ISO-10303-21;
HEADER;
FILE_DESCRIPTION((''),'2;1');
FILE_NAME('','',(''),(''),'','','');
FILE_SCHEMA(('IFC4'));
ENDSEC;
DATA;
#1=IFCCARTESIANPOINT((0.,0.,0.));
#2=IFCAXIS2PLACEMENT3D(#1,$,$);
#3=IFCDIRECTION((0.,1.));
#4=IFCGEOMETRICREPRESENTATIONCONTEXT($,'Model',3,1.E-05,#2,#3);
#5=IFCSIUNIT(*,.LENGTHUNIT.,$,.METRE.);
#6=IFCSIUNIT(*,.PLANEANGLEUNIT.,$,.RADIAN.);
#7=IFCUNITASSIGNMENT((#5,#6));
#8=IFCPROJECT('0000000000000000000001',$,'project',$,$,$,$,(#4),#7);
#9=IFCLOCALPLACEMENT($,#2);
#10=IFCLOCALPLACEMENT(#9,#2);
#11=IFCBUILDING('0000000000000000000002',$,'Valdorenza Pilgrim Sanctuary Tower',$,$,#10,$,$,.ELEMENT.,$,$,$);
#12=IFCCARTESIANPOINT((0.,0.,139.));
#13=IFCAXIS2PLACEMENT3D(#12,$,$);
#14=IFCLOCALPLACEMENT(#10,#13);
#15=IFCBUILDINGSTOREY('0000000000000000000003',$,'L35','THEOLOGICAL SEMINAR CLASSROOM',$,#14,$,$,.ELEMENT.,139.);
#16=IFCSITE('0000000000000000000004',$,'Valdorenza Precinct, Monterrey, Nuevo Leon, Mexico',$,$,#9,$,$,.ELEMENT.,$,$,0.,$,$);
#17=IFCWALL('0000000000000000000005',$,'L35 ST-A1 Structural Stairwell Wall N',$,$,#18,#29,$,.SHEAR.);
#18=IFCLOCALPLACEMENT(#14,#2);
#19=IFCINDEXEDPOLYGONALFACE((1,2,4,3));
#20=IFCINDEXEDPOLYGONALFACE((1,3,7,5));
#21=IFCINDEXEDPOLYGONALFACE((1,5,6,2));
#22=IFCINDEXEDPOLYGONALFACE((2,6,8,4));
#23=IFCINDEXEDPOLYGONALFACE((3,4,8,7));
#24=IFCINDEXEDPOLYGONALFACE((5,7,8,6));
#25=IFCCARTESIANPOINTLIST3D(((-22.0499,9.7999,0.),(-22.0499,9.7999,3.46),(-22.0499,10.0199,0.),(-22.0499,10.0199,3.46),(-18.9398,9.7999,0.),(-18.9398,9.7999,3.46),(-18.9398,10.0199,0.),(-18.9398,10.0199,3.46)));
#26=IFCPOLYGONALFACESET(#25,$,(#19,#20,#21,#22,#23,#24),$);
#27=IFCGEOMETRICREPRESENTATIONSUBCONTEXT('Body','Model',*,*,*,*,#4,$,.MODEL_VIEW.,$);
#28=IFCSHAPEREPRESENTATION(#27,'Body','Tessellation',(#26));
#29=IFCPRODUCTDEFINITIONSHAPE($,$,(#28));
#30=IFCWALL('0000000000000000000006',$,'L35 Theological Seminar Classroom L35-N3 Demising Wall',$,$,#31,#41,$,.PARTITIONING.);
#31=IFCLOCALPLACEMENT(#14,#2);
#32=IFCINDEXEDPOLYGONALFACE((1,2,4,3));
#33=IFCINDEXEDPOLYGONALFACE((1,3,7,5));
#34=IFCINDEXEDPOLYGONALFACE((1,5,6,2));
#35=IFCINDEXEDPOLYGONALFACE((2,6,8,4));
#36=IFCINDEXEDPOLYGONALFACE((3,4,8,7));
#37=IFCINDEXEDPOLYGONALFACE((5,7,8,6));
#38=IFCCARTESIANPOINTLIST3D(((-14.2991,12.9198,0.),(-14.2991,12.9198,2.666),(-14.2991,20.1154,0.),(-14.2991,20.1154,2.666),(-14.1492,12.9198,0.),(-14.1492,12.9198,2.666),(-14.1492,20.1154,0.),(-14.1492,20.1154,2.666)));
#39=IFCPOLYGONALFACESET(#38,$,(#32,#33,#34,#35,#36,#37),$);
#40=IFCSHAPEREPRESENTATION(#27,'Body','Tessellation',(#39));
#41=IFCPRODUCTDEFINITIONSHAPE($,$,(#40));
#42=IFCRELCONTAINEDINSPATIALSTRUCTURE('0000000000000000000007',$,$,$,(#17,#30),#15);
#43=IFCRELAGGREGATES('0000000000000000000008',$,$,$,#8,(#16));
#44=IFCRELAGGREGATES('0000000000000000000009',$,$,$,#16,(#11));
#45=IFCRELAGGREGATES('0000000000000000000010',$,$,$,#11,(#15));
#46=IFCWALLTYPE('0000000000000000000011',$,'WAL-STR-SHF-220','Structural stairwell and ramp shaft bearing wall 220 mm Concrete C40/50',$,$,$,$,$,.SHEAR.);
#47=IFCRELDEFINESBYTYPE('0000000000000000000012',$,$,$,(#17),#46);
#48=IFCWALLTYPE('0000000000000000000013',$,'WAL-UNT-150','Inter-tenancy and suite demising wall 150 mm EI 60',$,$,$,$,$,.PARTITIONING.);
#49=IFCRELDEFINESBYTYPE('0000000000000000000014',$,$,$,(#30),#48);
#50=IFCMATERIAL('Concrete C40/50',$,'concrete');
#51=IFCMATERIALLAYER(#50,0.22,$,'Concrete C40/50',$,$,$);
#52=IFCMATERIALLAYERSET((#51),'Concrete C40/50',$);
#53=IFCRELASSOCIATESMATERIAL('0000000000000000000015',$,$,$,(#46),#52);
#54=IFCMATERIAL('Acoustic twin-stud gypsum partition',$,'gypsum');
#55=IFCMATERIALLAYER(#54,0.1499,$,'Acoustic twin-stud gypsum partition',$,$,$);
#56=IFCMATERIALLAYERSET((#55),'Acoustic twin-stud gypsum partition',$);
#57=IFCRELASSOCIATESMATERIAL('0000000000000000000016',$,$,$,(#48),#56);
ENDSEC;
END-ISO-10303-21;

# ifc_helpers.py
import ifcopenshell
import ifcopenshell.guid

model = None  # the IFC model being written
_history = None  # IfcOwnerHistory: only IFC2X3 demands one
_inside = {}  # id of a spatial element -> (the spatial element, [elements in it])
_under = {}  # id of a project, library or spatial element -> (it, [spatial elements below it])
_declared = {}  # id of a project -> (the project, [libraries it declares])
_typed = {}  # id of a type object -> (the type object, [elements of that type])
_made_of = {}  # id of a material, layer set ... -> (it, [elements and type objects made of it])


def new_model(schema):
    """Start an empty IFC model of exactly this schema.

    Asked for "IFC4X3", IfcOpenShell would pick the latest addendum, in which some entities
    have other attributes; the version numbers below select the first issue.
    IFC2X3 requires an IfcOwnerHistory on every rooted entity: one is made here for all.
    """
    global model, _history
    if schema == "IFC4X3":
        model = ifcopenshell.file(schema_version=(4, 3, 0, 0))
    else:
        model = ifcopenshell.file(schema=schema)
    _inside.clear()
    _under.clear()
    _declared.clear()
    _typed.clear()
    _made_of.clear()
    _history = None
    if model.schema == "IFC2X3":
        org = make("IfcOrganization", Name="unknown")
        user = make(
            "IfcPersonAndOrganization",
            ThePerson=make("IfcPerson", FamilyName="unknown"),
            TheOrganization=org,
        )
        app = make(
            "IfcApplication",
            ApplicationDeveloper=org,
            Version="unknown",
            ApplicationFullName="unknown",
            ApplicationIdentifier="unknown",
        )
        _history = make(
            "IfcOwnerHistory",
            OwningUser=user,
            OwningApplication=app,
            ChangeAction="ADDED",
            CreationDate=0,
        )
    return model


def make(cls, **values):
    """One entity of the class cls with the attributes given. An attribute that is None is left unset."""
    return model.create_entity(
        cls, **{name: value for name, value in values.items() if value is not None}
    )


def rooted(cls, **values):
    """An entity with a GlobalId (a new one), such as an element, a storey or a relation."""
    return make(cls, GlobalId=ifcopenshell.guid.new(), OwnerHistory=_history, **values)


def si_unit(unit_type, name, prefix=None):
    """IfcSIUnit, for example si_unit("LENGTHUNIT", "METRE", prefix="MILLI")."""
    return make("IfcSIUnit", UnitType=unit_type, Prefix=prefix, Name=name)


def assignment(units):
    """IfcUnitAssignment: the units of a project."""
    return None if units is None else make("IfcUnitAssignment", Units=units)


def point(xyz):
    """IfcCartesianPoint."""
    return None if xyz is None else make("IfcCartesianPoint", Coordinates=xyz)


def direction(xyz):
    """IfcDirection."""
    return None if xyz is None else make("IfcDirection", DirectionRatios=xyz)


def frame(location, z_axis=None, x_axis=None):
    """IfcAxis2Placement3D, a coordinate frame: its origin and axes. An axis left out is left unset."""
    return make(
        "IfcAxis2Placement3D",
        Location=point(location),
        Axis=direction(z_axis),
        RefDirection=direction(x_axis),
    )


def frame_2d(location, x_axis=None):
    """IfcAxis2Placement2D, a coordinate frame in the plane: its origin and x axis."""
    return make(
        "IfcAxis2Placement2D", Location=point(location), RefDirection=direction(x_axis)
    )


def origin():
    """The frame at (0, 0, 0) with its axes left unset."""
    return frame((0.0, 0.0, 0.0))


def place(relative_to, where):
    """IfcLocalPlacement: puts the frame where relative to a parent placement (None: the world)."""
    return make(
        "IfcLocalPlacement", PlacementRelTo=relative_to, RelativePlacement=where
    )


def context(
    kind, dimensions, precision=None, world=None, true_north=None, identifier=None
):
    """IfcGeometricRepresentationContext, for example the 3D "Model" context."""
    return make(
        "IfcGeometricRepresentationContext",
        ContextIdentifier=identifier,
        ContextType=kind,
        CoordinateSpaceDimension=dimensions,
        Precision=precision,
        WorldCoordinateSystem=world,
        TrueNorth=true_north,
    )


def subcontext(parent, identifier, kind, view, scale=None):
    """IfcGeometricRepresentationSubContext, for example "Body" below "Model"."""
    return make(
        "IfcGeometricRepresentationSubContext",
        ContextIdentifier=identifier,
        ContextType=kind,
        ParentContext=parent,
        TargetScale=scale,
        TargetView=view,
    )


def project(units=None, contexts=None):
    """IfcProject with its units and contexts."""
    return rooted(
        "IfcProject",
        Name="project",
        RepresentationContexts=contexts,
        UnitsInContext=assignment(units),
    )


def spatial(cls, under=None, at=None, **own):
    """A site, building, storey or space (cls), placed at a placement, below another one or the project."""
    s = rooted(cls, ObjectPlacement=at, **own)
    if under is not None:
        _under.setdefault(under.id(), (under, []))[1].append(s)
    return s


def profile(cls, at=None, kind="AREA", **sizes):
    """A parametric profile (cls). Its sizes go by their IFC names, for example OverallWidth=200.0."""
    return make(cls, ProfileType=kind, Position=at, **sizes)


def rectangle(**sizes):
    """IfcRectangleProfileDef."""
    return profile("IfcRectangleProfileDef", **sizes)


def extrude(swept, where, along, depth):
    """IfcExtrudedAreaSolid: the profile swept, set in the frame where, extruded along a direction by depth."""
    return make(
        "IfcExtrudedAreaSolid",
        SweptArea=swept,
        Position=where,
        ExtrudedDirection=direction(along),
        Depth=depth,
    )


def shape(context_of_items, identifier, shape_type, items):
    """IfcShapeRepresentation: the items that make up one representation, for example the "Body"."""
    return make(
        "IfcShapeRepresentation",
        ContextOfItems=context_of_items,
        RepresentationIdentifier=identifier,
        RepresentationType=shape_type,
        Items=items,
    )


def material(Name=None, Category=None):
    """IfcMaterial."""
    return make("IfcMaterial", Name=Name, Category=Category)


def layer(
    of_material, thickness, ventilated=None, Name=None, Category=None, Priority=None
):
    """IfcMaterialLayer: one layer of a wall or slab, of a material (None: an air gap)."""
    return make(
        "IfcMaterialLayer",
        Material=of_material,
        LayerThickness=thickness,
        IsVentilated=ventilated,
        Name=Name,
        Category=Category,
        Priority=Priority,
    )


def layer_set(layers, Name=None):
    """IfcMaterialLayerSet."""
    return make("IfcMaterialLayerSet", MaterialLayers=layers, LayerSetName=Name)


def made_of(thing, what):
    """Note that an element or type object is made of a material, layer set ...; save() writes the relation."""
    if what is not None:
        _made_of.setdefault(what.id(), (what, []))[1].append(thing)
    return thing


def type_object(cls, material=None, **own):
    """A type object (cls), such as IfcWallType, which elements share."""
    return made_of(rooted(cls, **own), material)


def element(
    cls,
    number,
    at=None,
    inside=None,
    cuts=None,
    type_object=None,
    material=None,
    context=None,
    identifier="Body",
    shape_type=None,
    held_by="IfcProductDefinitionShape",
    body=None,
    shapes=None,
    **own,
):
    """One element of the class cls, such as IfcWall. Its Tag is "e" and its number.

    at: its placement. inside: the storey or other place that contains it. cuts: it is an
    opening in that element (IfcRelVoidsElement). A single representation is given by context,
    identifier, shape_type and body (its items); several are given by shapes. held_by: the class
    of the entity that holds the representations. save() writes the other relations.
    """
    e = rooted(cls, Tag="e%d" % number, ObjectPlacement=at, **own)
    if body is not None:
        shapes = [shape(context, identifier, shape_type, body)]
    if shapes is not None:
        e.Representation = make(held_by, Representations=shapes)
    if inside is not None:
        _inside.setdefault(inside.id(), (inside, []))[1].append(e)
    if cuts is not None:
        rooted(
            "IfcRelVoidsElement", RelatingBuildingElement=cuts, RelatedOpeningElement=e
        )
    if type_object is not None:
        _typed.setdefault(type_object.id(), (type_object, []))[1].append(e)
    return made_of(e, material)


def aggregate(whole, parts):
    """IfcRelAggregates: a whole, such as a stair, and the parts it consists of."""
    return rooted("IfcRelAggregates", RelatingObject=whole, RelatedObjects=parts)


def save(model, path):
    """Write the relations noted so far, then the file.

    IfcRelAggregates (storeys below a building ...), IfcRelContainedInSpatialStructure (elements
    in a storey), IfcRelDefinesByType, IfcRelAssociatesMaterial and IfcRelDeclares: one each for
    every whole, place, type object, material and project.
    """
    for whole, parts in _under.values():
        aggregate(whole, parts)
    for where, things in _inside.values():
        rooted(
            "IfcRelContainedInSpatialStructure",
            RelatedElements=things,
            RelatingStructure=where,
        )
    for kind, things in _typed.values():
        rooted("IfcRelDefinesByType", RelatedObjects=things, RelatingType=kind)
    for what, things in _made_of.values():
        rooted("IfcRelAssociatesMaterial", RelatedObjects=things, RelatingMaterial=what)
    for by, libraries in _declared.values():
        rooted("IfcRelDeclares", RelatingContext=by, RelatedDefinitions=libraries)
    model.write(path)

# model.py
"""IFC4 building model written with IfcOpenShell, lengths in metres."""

from ifc_helpers import new_model, si_unit, direction, frame, frame_2d, origin, place, context, subcontext, project, spatial, rectangle, extrude, material, layer, layer_set, type_object, element, save


model = new_model("IFC4")

# Units and contexts
model_context = context("Model", 3, precision=1e-05, world=origin(), true_north=direction((0.0, 1.0)))
body_context = subcontext(model_context, "Body", "Model", "MODEL_VIEW")
ifc_project = project(units=[si_unit("LENGTHUNIT", "METRE"), si_unit("PLANEANGLEUNIT", "RADIAN")], contexts=[model_context])

# Site, building, storey
site_placement = place(None, origin())
site = spatial("IfcSite", under=ifc_project, at=site_placement, Name="Valdorenza Precinct, Monterrey, Nuevo Leon, Mexico", CompositionType="ELEMENT", RefElevation=0.0)
building_placement = place(site_placement, origin())
building = spatial("IfcBuilding", under=site, at=building_placement, Name="Valdorenza Pilgrim Sanctuary Tower", CompositionType="ELEMENT")
storey_placement = place(building_placement, frame((0.0, 0.0, 139.0)))
storey = spatial("IfcBuildingStorey", under=building, at=storey_placement, Name="L35", Description="THEOLOGICAL SEMINAR CLASSROOM", CompositionType="ELEMENT", Elevation=139.0)

# Shared definitions
ifc_material_1 = material(Name="Acoustic twin-stud gypsum partition", Category="gypsum")

# Walls
ifc_material_2 = material(Name="Concrete C40/50", Category="concrete")
ifc_layer_1 = layer(ifc_material_2, 0.22, Name="Concrete C40/50")
ifc_layer_set_1 = layer_set([ifc_layer_1], Name="Concrete C40/50")
wall_type_1 = type_object("IfcWallType", Name="WAL-STR-SHF-220", Description="Structural stairwell and ramp shaft bearing wall 220 mm Concrete C40/50", PredefinedType="SHEAR", material=ifc_layer_set_1)
wall_1_placement = place(storey_placement, frame((-22.05, 9.9099, 0.0), z_axis=(0.0, 0.0, 1.0), x_axis=(1.0, 0.0, 0.0)))
element("IfcWall", 1, at=wall_1_placement, inside=storey, type_object=wall_type_1, Name="L35 ST-A1 Structural Stairwell Wall N", PredefinedType="SHEAR", context=body_context, shape_type="SweptSolid", body=[
    extrude(rectangle(XDim=3.1101, YDim=0.22, at=frame_2d((1.5552, 0.0))), origin(), (0.0, 0.0, 1.0), 3.46),
])
ifc_layer_2 = layer(ifc_material_1, 0.1499, Name="Acoustic twin-stud gypsum partition")
ifc_layer_set_2 = layer_set([ifc_layer_2], Name="Acoustic twin-stud gypsum partition")
wall_type_2 = type_object("IfcWallType", Name="WAL-UNT-150", Description="Inter-tenancy and suite demising wall 150 mm EI 60", PredefinedType="PARTITIONING", material=ifc_layer_set_2)
wall_2_placement = place(storey_placement, frame((-14.2241, 12.9199, 0.0), z_axis=(0.0, 0.0, 1.0), x_axis=(0.0, 1.0, 0.0)))
element("IfcWall", 2, at=wall_2_placement, inside=storey, type_object=wall_type_2, Name="L35 Theological Seminar Classroom L35-N3 Demising Wall", PredefinedType="PARTITIONING", context=body_context, shape_type="SweptSolid", body=[
    extrude(rectangle(XDim=7.1956, YDim=0.1499, at=frame_2d((3.5977, 0.0))), origin(), (0.0, 0.0, 1.0), 2.666),
])

save(model, "model.ifc")
